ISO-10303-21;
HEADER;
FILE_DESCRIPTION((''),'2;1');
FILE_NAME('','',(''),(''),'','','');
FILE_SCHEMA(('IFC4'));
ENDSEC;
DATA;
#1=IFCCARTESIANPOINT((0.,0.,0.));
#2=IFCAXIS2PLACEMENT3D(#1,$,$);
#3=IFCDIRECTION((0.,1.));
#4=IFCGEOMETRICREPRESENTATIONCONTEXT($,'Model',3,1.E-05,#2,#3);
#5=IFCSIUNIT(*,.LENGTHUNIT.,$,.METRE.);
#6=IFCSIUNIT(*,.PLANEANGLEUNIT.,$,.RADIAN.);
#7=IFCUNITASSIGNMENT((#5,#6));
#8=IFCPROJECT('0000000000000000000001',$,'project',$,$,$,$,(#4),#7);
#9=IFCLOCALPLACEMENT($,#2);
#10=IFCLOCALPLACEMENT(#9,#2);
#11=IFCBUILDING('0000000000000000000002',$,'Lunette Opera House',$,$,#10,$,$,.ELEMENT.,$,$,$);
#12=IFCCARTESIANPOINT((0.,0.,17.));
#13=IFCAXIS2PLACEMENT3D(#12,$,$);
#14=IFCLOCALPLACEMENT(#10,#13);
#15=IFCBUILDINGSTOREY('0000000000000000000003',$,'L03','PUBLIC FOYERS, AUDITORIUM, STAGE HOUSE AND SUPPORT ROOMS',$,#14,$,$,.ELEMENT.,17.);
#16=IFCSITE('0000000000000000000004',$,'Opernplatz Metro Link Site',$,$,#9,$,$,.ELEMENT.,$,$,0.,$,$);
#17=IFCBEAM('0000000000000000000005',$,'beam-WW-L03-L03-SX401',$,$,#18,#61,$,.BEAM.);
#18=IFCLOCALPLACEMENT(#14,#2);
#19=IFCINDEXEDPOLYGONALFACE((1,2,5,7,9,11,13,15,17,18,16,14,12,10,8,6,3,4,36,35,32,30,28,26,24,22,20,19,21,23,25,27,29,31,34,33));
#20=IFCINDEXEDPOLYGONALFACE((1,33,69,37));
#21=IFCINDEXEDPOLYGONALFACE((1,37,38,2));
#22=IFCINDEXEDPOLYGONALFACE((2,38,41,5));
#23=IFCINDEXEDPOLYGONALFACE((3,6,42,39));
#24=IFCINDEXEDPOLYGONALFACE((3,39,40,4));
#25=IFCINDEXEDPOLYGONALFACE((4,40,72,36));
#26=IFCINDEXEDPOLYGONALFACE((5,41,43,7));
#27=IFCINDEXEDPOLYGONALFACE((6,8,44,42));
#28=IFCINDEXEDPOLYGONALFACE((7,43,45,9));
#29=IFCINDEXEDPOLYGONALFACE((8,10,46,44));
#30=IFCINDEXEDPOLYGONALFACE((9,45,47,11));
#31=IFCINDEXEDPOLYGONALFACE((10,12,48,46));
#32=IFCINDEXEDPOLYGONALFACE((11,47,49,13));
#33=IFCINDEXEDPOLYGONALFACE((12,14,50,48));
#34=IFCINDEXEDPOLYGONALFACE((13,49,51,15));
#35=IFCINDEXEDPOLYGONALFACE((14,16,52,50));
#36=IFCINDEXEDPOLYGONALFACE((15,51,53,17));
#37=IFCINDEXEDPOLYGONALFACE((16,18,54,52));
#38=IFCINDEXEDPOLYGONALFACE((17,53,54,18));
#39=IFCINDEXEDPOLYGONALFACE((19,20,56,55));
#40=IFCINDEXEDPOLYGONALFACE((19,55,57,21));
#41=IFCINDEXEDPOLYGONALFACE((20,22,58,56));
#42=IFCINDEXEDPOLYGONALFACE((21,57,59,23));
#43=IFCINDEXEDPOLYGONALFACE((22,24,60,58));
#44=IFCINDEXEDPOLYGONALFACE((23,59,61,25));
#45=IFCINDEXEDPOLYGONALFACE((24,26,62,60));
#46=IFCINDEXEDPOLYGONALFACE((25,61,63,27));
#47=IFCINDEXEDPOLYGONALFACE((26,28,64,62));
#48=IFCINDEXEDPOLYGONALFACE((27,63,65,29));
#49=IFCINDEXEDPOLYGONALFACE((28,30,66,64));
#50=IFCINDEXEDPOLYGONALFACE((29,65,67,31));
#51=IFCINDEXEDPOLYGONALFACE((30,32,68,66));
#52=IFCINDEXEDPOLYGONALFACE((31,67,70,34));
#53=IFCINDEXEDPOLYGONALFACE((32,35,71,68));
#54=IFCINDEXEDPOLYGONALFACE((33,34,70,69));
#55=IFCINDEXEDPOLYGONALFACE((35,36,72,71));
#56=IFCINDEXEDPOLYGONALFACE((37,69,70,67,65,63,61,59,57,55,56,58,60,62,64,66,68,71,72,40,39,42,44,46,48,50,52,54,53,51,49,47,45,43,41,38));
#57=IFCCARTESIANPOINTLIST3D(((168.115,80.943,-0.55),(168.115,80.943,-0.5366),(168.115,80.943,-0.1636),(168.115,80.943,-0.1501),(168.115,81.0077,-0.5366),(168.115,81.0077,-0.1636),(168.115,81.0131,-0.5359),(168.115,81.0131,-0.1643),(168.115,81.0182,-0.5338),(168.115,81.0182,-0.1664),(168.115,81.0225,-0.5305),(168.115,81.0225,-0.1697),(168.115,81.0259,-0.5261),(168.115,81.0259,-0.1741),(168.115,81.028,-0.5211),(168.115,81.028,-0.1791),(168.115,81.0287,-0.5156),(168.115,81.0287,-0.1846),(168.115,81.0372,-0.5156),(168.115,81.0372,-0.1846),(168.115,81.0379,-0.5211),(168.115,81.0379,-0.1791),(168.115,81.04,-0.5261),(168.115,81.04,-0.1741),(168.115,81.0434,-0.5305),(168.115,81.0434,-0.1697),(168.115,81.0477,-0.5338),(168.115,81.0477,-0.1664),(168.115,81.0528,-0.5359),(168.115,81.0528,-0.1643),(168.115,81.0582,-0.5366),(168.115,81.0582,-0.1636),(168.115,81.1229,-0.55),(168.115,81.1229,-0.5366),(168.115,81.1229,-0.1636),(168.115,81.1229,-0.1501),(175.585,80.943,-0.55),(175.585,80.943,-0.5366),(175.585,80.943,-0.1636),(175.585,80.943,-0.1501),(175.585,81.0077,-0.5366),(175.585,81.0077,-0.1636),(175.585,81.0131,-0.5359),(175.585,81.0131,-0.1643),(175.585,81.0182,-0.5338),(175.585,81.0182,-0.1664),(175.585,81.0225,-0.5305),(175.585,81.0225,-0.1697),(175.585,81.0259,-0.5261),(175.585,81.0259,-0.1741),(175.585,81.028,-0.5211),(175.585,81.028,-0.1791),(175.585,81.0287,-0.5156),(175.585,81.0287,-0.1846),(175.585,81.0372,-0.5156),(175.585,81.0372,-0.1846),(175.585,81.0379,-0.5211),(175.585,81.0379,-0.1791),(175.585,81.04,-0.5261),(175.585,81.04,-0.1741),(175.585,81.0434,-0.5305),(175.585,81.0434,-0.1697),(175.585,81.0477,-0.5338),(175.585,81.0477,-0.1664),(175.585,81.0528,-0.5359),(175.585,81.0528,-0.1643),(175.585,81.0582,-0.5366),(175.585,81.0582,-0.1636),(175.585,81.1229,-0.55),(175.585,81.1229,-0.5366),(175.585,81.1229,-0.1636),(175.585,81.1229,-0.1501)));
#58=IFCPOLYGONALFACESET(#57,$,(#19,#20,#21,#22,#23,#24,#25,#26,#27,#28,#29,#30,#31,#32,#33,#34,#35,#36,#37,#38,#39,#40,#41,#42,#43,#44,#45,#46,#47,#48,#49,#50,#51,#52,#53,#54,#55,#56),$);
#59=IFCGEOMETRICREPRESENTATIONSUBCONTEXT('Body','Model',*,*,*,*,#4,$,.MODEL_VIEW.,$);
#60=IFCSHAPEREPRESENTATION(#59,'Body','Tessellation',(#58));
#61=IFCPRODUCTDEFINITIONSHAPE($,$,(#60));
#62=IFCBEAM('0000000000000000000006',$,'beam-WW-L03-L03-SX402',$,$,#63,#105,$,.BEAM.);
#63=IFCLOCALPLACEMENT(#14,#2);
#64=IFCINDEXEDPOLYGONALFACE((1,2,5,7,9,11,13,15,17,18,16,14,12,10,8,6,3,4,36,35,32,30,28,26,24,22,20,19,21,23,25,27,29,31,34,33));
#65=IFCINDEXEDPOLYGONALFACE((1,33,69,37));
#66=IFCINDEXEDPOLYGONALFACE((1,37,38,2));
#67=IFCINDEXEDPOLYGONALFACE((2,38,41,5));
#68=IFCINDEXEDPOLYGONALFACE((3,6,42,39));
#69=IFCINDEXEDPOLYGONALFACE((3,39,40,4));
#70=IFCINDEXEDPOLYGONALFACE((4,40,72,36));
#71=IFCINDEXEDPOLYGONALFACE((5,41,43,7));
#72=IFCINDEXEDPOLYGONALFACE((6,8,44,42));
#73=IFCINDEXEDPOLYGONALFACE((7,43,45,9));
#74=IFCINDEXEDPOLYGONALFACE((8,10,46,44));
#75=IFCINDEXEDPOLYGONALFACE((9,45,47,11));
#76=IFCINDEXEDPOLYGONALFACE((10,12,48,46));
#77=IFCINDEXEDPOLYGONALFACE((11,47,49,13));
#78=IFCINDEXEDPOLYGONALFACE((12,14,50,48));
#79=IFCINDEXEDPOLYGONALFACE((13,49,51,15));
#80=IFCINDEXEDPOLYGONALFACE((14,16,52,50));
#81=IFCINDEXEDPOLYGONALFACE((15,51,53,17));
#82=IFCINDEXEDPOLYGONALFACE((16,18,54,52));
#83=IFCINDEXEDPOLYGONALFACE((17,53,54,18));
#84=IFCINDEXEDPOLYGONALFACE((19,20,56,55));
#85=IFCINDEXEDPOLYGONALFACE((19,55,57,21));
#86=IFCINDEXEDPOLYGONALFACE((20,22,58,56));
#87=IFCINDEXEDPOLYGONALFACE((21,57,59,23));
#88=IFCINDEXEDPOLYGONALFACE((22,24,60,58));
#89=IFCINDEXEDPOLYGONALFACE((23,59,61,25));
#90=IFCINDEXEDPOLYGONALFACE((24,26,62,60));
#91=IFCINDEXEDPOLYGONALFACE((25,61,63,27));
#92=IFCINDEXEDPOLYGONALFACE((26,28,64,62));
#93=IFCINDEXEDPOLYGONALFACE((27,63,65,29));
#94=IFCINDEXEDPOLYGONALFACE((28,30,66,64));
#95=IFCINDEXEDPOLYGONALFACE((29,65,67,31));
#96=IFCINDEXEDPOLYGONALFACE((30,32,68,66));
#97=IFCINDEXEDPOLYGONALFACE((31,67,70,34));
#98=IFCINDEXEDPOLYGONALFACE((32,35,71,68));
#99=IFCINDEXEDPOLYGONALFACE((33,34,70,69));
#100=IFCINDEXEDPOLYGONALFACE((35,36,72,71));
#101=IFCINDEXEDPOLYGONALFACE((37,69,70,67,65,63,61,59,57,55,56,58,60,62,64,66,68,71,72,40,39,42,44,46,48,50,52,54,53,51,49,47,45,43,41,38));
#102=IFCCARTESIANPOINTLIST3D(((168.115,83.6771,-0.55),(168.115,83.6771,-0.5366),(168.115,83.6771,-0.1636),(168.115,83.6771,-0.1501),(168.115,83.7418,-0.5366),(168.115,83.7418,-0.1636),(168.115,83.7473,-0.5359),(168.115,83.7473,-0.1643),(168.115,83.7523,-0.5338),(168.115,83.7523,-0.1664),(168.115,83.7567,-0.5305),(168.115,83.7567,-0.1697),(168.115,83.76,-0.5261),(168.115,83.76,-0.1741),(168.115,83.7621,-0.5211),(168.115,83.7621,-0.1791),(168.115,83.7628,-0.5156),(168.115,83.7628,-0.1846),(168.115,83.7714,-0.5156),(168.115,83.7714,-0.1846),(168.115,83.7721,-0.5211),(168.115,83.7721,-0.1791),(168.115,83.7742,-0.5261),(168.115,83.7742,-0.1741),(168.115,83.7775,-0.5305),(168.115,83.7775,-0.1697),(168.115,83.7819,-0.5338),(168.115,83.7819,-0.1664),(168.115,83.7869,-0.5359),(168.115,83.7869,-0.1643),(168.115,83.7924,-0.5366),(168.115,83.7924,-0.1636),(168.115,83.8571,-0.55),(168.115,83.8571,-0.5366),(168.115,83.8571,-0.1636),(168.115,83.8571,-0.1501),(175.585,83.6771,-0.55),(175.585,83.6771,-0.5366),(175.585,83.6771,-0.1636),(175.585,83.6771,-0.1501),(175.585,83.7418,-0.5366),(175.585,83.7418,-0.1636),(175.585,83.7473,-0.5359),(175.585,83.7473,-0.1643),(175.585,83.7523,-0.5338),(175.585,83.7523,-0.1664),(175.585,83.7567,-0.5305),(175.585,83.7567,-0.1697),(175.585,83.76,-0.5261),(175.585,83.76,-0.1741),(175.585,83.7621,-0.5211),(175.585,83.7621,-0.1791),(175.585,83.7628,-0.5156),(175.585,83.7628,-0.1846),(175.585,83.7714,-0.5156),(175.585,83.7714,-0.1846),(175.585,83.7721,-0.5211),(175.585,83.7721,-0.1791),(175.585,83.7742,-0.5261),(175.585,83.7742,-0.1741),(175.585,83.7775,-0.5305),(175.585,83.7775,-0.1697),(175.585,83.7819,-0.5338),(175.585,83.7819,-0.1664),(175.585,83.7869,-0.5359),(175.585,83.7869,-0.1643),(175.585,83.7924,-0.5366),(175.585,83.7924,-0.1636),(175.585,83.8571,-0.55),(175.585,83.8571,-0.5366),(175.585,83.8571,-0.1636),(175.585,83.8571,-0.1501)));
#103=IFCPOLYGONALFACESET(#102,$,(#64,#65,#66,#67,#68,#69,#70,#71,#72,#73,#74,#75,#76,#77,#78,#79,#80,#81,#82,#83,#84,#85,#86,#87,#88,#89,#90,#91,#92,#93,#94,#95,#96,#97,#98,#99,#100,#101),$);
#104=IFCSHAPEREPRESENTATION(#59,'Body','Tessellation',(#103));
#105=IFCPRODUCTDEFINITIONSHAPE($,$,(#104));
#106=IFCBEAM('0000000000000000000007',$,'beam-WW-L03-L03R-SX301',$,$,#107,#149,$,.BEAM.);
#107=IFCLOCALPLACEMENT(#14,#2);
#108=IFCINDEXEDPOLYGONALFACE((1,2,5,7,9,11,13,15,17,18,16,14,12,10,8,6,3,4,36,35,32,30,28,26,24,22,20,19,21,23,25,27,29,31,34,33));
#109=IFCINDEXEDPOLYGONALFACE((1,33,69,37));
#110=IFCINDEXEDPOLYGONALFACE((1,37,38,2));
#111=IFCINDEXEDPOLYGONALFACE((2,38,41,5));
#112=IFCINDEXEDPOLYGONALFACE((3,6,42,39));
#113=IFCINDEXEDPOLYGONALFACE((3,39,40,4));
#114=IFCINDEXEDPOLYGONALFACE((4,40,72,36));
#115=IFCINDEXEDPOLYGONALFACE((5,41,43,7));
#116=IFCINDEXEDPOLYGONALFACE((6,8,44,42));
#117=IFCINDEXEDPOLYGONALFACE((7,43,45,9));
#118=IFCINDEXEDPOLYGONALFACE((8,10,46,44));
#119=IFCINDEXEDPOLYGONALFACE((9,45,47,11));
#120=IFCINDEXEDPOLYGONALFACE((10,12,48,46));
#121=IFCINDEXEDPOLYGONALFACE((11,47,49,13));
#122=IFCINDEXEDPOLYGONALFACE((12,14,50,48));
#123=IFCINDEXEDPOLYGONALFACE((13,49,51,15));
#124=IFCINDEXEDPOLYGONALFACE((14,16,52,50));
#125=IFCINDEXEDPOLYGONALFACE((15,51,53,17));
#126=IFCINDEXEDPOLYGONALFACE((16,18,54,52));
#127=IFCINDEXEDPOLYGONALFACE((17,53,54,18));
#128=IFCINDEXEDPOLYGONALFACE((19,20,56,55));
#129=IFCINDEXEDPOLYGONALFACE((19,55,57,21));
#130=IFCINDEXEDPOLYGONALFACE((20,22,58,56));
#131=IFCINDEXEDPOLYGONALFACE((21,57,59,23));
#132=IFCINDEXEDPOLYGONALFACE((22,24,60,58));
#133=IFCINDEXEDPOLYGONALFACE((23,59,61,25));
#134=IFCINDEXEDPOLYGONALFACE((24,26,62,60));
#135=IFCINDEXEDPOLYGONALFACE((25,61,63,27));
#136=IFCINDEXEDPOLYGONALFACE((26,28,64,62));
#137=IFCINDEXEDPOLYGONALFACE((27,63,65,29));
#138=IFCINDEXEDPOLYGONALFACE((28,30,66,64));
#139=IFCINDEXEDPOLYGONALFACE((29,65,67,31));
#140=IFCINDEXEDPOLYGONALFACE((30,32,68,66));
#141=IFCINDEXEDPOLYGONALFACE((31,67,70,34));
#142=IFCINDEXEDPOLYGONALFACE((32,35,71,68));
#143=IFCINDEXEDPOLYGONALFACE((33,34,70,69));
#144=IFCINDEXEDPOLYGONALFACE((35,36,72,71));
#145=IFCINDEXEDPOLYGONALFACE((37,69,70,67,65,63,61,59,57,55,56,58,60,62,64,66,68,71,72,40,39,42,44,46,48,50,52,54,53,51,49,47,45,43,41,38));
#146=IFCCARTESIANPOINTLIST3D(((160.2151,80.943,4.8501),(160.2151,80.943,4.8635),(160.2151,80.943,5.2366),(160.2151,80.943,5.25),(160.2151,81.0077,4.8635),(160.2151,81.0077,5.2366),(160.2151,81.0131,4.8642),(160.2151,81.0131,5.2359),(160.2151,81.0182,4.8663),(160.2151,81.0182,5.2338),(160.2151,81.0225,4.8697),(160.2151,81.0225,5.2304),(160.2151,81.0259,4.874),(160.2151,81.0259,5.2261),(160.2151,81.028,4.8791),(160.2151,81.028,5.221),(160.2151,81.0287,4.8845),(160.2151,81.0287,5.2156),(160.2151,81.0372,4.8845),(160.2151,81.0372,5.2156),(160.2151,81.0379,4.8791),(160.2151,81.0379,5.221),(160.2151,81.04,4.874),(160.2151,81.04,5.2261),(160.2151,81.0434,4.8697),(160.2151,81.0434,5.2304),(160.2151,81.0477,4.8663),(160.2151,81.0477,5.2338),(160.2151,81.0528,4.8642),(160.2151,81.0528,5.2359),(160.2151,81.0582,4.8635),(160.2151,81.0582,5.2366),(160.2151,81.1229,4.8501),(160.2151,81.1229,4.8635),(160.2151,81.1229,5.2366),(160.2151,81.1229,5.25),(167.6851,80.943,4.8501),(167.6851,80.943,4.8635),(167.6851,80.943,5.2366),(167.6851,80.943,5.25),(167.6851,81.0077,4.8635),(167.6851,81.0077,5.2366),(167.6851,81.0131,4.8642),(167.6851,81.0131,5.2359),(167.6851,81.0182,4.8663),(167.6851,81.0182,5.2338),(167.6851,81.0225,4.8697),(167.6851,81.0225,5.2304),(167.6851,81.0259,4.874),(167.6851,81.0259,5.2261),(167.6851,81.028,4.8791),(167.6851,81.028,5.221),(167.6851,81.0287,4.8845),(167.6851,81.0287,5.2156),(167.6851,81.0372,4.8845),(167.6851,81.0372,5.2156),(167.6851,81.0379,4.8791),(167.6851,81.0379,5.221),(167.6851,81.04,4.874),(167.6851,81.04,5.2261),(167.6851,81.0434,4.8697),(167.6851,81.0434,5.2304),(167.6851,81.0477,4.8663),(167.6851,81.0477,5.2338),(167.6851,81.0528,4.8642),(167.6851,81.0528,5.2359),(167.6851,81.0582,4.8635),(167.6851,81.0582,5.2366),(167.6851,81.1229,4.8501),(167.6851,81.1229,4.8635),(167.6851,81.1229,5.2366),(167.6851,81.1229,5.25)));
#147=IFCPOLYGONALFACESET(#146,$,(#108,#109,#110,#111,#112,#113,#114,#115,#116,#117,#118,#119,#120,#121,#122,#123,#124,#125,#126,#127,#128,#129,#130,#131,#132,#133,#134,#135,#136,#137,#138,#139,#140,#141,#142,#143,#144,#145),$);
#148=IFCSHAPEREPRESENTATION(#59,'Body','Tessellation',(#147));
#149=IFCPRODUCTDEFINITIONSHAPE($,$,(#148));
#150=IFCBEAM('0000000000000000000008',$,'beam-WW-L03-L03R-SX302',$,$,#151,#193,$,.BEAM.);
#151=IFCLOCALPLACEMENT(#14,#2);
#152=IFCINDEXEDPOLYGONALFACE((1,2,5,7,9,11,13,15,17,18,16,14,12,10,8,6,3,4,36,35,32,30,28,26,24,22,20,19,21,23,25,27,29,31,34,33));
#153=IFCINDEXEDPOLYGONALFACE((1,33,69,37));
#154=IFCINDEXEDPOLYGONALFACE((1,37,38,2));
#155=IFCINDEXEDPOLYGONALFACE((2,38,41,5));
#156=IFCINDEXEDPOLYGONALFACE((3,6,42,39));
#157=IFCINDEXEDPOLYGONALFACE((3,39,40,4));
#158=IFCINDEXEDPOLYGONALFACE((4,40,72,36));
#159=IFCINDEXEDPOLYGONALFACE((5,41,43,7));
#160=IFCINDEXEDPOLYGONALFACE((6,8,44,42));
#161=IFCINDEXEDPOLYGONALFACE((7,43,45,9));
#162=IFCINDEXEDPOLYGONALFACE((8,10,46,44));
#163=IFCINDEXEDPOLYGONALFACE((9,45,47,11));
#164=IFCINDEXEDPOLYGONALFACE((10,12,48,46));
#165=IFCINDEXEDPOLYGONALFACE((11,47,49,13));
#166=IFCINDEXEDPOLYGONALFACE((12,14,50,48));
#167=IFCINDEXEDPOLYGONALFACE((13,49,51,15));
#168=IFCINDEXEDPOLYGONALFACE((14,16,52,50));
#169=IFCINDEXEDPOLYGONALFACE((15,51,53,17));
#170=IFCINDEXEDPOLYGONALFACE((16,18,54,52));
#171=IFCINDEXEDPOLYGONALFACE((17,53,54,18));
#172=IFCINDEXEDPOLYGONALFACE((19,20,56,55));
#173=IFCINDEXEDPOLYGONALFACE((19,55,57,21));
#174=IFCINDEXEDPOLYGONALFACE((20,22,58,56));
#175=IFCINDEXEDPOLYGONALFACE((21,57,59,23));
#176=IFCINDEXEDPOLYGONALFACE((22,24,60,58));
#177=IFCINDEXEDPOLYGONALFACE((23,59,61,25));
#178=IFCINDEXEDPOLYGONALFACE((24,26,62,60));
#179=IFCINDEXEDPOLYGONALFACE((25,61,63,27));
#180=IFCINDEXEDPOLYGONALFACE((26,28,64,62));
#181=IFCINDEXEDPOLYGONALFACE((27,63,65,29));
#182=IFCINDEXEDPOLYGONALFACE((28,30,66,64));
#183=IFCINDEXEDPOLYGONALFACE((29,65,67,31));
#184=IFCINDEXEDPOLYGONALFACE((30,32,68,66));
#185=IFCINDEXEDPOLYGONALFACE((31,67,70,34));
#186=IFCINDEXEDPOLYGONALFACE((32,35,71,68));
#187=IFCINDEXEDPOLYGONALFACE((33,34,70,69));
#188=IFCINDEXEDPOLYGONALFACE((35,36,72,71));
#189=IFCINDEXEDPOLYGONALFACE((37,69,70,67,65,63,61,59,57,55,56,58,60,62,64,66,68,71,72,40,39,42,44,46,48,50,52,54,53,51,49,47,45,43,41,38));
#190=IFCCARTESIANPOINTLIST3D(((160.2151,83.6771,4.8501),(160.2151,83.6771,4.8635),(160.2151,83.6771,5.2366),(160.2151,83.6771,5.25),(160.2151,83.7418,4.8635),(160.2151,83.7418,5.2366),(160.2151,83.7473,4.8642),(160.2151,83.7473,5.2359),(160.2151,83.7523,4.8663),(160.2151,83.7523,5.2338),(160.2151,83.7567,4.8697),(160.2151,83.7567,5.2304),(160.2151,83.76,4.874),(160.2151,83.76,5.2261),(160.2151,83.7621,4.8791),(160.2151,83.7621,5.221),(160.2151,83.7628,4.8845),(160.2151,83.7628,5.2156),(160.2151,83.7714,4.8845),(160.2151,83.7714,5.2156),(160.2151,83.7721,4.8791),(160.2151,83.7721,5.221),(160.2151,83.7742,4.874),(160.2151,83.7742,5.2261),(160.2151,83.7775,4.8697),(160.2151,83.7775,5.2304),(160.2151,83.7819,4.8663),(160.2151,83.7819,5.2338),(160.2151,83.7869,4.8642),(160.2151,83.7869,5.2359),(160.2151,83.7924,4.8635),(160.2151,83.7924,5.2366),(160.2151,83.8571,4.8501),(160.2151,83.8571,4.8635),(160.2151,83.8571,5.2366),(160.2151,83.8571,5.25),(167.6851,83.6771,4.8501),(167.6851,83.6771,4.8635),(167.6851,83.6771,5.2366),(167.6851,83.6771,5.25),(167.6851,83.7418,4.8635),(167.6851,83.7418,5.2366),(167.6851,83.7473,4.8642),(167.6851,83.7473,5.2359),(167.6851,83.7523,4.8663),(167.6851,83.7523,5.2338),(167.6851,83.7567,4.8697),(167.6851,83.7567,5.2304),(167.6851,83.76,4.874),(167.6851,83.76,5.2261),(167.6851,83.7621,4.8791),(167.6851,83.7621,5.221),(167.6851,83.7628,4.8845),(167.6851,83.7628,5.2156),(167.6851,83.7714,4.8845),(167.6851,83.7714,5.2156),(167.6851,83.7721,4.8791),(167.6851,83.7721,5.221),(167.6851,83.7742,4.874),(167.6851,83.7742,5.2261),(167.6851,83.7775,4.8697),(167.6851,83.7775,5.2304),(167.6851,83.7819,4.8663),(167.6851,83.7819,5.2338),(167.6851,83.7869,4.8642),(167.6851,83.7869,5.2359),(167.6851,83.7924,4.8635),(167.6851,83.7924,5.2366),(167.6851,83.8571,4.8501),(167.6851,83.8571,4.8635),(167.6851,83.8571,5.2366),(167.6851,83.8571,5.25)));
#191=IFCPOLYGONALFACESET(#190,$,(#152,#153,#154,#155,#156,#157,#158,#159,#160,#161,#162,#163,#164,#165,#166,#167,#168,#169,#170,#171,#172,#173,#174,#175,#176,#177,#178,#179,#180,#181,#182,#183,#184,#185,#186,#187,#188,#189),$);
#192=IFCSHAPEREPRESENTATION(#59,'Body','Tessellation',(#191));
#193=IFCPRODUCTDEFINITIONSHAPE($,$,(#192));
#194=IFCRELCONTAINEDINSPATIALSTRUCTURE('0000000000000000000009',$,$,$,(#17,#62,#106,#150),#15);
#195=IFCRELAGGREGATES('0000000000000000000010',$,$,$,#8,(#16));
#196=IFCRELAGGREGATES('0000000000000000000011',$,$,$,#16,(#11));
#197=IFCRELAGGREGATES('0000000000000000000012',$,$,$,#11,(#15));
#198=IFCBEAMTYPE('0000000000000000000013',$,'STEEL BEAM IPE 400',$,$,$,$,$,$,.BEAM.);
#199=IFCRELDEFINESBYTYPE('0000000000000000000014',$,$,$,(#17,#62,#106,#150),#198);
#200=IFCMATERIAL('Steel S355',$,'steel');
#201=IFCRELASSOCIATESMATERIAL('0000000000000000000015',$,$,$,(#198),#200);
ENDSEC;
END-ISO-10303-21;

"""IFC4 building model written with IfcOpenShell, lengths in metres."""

from ifc_helpers import new_model, si_unit, direction, frame, origin, origin_2d, place, context, subcontext, project, spatial, i_section, extrude, material, material_profile, profile_set, type_object, element, save


model = new_model("IFC4")

# Units and contexts
model_context = context("Model", 3, precision=1e-05, world=origin(), true_north=direction((0.0, 1.0)))
body_context = subcontext(model_context, "Body", "Model", "MODEL_VIEW")
ifc_project = project(units=[si_unit("LENGTHUNIT", "METRE"), si_unit("PLANEANGLEUNIT", "RADIAN")], contexts=[model_context])

# Site, building, storey
site_placement = place(None, origin())
site = spatial("IfcSite", under=ifc_project, at=site_placement, Name="Opernplatz Metro Link Site", CompositionType="ELEMENT", RefElevation=0.0)
building_placement = place(site_placement, origin())
building = spatial("IfcBuilding", under=site, at=building_placement, Name="Lunette Opera House", CompositionType="ELEMENT")
storey_placement = place(building_placement, frame((0.0, 0.0, 17.0)))
storey = spatial("IfcBuildingStorey", under=building, at=storey_placement, Name="L03", Description="PUBLIC FOYERS, AUDITORIUM, STAGE HOUSE AND SUPPORT ROOMS", CompositionType="ELEMENT", Elevation=17.0)

# Beams
ifc_material_1 = material(Name="Steel S355", Category="steel")
ifc_material_profile_1 = material_profile(ifc_material_1, i_section(OverallWidth=0.1799, OverallDepth=0.3999, WebThickness=0.0085, FlangeThickness=0.0134, FilletRadius=0.021, at=origin_2d()), Name="IPE 400")
ifc_profile_set_1 = profile_set([ifc_material_profile_1], Name="Steel S355")
beam_type_1 = type_object("IfcBeamType", Name="STEEL BEAM IPE 400", PredefinedType="BEAM", material=ifc_profile_set_1)
for number, where, z_axis, x_axis, name in (
    (1, (168.115, 81.033, -0.3501), (1.0, 0.0, 0.0), (0.0, 1.0, 0.0), "beam-WW-L03-L03-SX401"),
    (2, (168.115, 83.7671, -0.3501), (1.0, 0.0, 0.0), (0.0, 1.0, 0.0), "beam-WW-L03-L03-SX402"),
    (3, (160.2151, 81.033, 5.05), (1.0, 0.0, 0.0), (0.0, 1.0, 0.0), "beam-WW-L03-L03R-SX301"),
    (4, (160.2151, 83.7671, 5.05), (1.0, 0.0, 0.0), (0.0, 1.0, 0.0), "beam-WW-L03-L03R-SX302"),
):
    element("IfcBeam", number, at=place(storey_placement, frame(where, z_axis=z_axis, x_axis=x_axis)), inside=storey, type_object=beam_type_1, Name=name, PredefinedType="BEAM", context=body_context, shape_type="SweptSolid", body=[
        extrude(i_section(OverallWidth=0.1799, OverallDepth=0.3999, WebThickness=0.0085, FlangeThickness=0.0134, FilletRadius=0.021, at=origin_2d()), origin(), (0.0, 0.0, 1.0), 7.47),
    ])

save(model, "model.ifc")
